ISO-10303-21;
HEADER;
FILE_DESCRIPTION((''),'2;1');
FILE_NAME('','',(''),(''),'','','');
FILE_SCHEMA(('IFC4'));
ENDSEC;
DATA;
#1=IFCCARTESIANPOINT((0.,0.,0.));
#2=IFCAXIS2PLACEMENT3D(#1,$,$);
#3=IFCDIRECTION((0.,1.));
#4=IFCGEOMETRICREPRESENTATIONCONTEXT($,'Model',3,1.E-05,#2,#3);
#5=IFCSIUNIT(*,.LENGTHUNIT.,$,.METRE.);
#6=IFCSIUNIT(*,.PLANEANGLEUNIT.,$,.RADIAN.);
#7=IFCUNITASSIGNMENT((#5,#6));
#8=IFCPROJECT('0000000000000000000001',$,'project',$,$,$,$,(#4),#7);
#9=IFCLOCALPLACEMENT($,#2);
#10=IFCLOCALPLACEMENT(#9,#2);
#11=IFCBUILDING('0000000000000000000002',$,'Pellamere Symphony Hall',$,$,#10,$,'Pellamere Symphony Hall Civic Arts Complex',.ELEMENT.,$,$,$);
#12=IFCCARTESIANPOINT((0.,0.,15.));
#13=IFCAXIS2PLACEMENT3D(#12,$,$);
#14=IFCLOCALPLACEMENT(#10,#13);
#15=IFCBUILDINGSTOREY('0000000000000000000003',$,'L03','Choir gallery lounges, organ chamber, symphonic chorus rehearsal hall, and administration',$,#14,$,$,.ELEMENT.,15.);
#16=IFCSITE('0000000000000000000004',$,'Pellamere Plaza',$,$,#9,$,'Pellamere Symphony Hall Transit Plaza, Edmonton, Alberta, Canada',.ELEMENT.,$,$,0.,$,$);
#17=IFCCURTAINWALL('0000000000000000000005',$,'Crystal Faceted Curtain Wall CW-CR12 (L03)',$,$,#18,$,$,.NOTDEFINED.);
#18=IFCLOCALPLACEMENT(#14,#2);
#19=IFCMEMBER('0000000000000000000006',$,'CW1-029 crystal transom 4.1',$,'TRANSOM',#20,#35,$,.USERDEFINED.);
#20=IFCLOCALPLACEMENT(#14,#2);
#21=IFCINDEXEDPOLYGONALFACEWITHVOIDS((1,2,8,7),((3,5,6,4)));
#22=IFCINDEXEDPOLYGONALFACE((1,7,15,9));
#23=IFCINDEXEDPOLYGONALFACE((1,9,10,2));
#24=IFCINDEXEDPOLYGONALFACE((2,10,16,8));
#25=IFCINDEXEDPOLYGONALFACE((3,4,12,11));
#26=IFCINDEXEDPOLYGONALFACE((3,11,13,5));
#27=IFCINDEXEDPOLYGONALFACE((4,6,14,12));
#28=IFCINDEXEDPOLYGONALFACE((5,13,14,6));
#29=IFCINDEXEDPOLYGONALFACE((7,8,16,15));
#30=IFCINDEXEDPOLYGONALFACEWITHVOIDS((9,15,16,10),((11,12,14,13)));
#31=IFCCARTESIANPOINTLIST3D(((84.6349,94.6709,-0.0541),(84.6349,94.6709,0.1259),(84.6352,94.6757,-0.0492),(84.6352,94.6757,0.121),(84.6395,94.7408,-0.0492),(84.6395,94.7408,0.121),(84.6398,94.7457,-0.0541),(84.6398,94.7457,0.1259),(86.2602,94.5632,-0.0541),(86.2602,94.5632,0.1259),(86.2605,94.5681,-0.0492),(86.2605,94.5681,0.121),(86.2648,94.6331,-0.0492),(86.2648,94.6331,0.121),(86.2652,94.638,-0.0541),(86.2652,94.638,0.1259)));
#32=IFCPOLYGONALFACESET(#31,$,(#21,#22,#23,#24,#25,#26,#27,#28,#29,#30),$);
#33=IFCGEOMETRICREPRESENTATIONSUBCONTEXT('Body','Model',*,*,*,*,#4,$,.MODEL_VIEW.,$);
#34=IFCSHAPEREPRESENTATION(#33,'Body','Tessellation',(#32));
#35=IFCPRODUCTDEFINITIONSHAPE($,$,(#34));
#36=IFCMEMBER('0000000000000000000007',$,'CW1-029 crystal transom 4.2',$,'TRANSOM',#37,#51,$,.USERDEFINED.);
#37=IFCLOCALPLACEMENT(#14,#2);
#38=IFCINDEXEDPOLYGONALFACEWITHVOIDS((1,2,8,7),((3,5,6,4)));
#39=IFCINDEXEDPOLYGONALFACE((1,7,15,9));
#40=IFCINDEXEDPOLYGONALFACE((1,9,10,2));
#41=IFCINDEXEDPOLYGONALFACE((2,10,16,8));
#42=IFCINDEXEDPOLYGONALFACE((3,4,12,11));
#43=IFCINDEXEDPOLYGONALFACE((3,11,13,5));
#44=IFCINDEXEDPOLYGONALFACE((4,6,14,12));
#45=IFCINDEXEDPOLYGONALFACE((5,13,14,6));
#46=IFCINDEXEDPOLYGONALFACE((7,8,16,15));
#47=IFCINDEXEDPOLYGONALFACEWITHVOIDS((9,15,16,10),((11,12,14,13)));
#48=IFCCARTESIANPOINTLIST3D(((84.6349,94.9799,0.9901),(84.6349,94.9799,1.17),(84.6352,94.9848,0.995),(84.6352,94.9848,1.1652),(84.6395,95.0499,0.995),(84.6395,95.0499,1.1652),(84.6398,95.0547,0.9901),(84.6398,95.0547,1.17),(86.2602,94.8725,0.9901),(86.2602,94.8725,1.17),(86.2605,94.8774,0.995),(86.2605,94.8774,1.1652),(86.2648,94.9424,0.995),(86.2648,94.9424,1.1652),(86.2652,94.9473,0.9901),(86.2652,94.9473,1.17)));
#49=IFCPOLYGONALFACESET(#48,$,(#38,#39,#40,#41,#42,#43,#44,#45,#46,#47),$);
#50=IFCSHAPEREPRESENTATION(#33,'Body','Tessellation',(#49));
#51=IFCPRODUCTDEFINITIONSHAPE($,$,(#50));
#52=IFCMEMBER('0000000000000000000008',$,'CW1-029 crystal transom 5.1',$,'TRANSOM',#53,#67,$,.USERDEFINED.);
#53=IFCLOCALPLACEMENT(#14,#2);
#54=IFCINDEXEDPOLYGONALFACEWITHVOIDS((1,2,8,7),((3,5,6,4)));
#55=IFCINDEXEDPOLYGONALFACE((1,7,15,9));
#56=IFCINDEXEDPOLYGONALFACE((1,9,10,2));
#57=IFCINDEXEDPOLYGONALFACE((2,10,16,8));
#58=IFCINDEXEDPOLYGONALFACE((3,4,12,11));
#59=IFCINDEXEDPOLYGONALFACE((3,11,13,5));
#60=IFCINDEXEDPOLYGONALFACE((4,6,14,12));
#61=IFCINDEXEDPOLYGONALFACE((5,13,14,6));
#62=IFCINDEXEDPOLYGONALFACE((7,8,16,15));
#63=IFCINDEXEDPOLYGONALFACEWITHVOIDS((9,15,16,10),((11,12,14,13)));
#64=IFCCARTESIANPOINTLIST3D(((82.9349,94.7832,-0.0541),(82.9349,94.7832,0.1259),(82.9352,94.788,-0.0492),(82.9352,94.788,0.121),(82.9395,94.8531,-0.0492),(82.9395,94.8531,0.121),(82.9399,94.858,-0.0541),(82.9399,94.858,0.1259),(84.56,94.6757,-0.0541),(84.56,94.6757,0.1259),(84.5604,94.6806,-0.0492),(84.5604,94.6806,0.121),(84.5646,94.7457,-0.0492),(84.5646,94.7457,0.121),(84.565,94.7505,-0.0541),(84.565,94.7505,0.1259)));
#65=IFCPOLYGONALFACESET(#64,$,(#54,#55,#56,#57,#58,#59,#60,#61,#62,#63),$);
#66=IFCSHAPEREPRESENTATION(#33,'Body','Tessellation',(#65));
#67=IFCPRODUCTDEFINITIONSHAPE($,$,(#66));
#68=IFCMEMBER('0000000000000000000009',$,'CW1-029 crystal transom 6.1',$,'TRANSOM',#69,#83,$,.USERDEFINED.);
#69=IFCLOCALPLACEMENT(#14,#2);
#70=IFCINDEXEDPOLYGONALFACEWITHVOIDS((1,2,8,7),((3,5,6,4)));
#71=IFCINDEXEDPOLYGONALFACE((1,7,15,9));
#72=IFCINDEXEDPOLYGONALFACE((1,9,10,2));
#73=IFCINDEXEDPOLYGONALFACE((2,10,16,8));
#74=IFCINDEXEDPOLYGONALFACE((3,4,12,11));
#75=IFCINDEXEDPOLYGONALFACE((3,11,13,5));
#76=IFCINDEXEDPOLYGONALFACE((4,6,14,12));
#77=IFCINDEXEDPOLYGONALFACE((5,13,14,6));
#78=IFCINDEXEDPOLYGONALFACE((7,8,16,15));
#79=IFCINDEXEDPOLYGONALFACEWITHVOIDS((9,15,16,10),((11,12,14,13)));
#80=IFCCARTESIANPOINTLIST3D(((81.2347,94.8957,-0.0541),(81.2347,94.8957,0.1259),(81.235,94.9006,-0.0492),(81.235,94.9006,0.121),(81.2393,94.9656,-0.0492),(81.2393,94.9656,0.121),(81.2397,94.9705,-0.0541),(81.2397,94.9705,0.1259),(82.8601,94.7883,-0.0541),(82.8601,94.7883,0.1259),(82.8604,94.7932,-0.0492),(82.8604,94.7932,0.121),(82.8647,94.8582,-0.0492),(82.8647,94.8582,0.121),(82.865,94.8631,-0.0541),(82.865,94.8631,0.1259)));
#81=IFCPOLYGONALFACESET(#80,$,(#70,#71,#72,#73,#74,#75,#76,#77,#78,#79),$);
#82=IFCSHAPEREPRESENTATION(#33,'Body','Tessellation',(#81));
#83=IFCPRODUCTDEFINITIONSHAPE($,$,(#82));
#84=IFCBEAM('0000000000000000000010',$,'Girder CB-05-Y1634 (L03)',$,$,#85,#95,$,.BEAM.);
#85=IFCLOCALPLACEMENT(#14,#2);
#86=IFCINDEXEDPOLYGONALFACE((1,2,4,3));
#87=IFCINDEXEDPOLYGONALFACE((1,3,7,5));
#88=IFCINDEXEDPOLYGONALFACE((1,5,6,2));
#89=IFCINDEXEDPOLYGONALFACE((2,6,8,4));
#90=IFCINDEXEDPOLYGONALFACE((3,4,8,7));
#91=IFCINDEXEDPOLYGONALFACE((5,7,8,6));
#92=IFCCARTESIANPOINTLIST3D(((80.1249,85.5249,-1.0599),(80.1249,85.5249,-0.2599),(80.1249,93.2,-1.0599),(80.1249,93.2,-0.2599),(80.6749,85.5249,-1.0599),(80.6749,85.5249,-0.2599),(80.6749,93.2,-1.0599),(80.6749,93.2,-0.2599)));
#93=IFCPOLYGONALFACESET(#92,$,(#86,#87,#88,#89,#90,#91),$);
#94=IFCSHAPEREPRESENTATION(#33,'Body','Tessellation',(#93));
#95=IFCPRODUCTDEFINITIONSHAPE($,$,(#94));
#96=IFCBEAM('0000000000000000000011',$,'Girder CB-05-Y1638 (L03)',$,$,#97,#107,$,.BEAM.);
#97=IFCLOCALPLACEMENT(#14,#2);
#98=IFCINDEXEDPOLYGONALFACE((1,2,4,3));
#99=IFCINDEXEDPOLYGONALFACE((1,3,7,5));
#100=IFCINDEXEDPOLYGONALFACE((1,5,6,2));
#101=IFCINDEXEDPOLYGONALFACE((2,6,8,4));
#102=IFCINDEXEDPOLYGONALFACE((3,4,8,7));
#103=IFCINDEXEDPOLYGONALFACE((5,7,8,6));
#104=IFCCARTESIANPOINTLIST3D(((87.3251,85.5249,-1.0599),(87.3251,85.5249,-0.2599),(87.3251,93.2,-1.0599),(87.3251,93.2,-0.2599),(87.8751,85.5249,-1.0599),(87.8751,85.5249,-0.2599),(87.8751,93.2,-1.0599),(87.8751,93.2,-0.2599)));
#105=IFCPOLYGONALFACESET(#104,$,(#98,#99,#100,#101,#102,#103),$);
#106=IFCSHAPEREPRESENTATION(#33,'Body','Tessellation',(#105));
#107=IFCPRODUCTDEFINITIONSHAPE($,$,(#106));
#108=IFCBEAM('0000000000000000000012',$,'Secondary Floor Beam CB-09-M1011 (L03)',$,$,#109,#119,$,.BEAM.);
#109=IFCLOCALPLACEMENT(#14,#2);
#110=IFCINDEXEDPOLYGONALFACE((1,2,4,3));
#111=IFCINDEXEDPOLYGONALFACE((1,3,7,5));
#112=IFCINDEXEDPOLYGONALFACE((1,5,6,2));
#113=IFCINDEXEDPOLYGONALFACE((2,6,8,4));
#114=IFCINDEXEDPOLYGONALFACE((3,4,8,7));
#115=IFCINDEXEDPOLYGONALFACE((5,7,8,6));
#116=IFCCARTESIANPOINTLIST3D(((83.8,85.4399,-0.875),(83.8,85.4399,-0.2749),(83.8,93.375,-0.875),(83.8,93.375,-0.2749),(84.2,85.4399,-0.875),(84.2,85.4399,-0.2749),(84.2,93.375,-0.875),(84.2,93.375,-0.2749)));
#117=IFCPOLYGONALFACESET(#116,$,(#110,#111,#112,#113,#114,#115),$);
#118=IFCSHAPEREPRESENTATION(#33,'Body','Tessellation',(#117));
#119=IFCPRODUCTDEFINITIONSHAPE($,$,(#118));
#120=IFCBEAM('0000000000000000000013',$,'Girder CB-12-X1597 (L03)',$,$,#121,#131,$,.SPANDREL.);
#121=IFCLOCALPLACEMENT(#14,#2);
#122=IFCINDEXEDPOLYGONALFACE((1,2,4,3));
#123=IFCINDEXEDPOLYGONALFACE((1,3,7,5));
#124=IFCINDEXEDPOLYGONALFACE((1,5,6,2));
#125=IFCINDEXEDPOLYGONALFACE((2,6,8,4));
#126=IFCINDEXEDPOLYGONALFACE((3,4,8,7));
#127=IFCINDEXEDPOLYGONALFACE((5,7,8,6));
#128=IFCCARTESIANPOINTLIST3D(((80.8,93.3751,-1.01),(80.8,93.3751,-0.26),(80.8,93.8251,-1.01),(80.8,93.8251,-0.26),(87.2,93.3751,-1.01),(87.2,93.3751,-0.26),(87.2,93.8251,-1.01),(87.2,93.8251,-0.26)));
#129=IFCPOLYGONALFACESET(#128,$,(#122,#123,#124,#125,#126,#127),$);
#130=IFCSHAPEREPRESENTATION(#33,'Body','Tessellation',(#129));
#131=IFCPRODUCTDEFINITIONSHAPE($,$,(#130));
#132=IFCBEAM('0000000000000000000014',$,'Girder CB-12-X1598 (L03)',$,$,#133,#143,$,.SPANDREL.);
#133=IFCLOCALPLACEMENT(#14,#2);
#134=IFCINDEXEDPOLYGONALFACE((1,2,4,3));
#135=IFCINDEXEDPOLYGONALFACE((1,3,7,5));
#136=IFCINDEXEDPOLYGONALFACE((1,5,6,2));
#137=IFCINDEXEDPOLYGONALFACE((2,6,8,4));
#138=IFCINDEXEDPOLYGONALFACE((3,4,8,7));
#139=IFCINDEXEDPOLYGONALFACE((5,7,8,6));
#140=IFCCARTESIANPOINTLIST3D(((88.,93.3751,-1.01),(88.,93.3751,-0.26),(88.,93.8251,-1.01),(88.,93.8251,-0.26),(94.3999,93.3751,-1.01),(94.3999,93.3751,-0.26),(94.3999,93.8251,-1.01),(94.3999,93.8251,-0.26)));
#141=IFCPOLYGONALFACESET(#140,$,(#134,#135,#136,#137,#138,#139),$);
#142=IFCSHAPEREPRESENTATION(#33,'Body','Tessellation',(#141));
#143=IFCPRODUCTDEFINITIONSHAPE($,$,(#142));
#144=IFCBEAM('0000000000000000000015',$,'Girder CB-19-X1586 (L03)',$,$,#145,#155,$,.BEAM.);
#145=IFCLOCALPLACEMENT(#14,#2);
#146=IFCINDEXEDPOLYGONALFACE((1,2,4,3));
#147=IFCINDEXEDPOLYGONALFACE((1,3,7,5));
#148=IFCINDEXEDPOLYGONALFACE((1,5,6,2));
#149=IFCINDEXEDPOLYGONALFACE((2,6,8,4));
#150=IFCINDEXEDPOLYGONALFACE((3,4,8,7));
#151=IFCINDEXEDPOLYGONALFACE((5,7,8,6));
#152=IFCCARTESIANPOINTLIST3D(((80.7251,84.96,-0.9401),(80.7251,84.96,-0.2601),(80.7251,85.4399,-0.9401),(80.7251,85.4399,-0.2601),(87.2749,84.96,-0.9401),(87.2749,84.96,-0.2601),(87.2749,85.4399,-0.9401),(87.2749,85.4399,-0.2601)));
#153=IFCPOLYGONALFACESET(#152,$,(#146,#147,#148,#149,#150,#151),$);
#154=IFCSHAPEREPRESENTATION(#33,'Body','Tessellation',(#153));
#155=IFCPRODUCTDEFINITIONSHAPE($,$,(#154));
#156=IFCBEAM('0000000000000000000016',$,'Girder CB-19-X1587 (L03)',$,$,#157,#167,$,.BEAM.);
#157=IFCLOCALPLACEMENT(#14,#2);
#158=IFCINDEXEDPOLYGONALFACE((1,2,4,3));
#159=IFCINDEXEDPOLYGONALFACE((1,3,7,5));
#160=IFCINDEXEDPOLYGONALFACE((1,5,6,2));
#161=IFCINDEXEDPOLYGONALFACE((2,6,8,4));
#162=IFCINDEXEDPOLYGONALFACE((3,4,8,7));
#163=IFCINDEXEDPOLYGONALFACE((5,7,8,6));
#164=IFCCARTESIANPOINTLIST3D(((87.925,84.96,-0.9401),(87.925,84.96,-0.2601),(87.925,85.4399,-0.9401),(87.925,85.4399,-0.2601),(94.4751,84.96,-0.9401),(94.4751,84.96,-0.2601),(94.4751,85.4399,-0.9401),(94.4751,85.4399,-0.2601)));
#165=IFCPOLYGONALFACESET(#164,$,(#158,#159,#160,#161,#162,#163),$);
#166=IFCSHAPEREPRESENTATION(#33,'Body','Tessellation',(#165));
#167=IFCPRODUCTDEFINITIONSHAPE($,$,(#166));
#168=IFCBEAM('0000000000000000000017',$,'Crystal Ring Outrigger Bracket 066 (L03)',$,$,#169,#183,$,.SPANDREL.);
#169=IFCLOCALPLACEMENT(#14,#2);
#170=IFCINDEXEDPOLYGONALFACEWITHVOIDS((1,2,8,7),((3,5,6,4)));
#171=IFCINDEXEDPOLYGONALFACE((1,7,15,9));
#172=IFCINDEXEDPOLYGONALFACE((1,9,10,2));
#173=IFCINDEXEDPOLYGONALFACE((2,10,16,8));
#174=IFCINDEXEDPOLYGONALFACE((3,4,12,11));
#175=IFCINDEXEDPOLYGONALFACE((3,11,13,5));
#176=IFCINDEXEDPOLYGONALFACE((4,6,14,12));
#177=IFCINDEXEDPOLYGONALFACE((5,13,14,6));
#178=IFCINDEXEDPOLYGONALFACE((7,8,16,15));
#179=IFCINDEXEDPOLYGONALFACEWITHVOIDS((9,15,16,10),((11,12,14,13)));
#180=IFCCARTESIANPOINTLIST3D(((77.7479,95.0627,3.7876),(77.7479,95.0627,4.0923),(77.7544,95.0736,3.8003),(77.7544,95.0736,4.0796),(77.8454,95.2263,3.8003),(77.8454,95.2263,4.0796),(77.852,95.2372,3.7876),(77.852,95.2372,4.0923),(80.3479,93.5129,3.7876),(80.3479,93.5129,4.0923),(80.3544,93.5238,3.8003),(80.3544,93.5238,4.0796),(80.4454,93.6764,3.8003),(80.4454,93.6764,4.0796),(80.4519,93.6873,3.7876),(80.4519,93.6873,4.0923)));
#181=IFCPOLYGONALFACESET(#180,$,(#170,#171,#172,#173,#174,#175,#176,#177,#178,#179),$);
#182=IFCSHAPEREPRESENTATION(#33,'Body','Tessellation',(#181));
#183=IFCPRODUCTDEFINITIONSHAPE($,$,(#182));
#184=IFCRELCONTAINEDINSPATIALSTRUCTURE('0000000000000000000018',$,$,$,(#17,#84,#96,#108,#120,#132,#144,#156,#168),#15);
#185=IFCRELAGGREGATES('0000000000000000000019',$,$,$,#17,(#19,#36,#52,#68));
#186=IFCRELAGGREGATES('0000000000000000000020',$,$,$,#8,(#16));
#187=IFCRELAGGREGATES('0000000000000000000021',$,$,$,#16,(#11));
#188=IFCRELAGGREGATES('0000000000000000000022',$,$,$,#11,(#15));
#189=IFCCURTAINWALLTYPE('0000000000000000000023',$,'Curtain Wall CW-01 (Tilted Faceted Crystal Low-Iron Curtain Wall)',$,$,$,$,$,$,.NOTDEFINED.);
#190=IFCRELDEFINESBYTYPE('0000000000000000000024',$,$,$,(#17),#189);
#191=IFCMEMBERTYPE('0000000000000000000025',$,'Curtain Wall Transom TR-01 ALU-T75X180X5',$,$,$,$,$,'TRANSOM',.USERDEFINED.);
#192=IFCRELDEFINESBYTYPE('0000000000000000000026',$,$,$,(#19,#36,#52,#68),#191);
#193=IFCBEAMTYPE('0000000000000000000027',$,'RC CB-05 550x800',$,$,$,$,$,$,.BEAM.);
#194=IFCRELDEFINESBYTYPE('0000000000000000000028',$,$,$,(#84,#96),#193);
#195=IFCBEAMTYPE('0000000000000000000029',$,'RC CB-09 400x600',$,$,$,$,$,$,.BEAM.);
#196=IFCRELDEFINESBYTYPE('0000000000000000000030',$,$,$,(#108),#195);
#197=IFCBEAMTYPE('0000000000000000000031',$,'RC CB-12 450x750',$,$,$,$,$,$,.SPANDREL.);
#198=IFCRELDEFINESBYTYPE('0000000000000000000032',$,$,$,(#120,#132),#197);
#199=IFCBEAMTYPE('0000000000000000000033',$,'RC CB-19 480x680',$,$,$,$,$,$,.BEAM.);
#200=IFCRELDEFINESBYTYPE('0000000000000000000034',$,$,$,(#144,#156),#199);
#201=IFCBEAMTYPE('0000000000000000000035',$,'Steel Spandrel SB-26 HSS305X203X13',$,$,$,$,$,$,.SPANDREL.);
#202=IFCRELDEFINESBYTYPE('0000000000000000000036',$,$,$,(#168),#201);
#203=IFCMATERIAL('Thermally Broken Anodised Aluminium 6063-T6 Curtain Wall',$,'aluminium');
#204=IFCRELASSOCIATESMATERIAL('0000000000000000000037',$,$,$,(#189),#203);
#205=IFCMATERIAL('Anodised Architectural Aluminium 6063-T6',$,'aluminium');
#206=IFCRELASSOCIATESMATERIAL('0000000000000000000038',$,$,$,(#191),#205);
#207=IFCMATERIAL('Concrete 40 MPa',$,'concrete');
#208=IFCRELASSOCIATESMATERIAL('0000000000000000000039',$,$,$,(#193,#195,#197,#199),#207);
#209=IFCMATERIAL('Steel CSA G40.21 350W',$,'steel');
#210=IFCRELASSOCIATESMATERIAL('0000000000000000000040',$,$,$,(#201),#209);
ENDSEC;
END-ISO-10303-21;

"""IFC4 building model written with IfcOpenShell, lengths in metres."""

from ifc_helpers import new_model, si_unit, direction, frame, origin, origin_2d, place, context, subcontext, project, spatial, rectangle, hollow_rectangle, extrude, material, material_profile, profile_set, type_object, element, aggregate, save


model = new_model("IFC4")

# Units and contexts
model_context = context("Model", 3, precision=1e-05, world=origin(), true_north=direction((0.0, 1.0)))
body_context = subcontext(model_context, "Body", "Model", "MODEL_VIEW")
ifc_project = project(units=[si_unit("LENGTHUNIT", "METRE"), si_unit("PLANEANGLEUNIT", "RADIAN")], contexts=[model_context])

# Site, building, storey
site_placement = place(None, origin())
site = spatial("IfcSite", under=ifc_project, at=site_placement, Name="Pellamere Plaza", LongName="Pellamere Symphony Hall Transit Plaza, Edmonton, Alberta, Canada", CompositionType="ELEMENT", RefElevation=0.0)
building_placement = place(site_placement, origin())
building = spatial("IfcBuilding", under=site, at=building_placement, Name="Pellamere Symphony Hall", LongName="Pellamere Symphony Hall Civic Arts Complex", CompositionType="ELEMENT")
storey_placement = place(building_placement, frame((0.0, 0.0, 15.0)))
storey = spatial("IfcBuildingStorey", under=building, at=storey_placement, Name="L03", Description="Choir gallery lounges, organ chamber, symphonic chorus rehearsal hall, and administration", CompositionType="ELEMENT", Elevation=15.0)

# Shared definitions
ifc_material_1 = material(Name="Concrete 40 MPa", Category="concrete")

# Curtain wall, members
ifc_material_2 = material(Name="Thermally Broken Anodised Aluminium 6063-T6 Curtain Wall", Category="aluminium")
curtain_wall_type = type_object("IfcCurtainWallType", Name="Curtain Wall CW-01 (Tilted Faceted Crystal Low-Iron Curtain Wall)", PredefinedType="NOTDEFINED", material=ifc_material_2)
curtain_wall_placement = place(storey_placement, origin())
curtain_wall = element("IfcCurtainWall", 1, at=curtain_wall_placement, inside=storey, type_object=curtain_wall_type, Name="Crystal Faceted Curtain Wall CW-CR12 (L03)", PredefinedType="NOTDEFINED")
ifc_material_3 = material(Name="Anodised Architectural Aluminium 6063-T6", Category="aluminium")
ifc_material_profile_1 = material_profile(ifc_material_3, hollow_rectangle(XDim=0.075, YDim=0.1799, WallThickness=0.0049, at=origin_2d()), Name="ALU-T75X180X5")
ifc_profile_set_1 = profile_set([ifc_material_profile_1], Name="Anodised Architectural Aluminium 6063-T6")
member_type_1 = type_object("IfcMemberType", Name="Curtain Wall Transom TR-01 ALU-T75X180X5", ElementType="TRANSOM", PredefinedType="USERDEFINED", material=ifc_profile_set_1)
member_1_placement = place(storey_placement, frame((86.2627, 94.6006, 0.0359), z_axis=(-0.997813, 0.066101, 0.0), x_axis=(-0.066101, -0.997813, 0.0)))
member_1 = element("IfcMember", 2, at=member_1_placement, type_object=member_type_1, Name="CW1-029 crystal transom 4.1", ObjectType="TRANSOM", PredefinedType="USERDEFINED", context=body_context, shape_type="SweptSolid", body=[
    extrude(hollow_rectangle(XDim=0.075, YDim=0.1799, WallThickness=0.0049, at=origin_2d()), origin(), (0.0, 0.0, 1.0), 1.6289),
])
member_2_placement = place(storey_placement, frame((86.2627, 94.9099, 1.0801), z_axis=(-0.997823, 0.065952, 0.0), x_axis=(-0.065952, -0.997823, 0.0)))
member_2 = element("IfcMember", 3, at=member_2_placement, type_object=member_type_1, Name="CW1-029 crystal transom 4.2", ObjectType="TRANSOM", PredefinedType="USERDEFINED", context=body_context, shape_type="SweptSolid", body=[
    extrude(hollow_rectangle(XDim=0.075, YDim=0.1799, WallThickness=0.0049, at=origin_2d()), origin(), (0.0, 0.0, 1.0), 1.6289),
])
member_3_placement = place(storey_placement, frame((84.5625, 94.7131, 0.0359), z_axis=(-0.997822, 0.065962, 0.0), x_axis=(-0.065962, -0.997822, 0.0)))
member_3 = element("IfcMember", 4, at=member_3_placement, type_object=member_type_1, Name="CW1-029 crystal transom 5.1", ObjectType="TRANSOM", PredefinedType="USERDEFINED", context=body_context, shape_type="SweptSolid", body=[
    extrude(hollow_rectangle(XDim=0.075, YDim=0.1799, WallThickness=0.0049, at=origin_2d()), origin(), (0.0, 0.0, 1.0), 1.6287),
])
member_4_placement = place(storey_placement, frame((82.8625, 94.8257, 0.0359), z_axis=(-0.997823, 0.065952, 0.0), x_axis=(-0.065952, -0.997823, 0.0)))
member_4 = element("IfcMember", 5, at=member_4_placement, type_object=member_type_1, Name="CW1-029 crystal transom 6.1", ObjectType="TRANSOM", PredefinedType="USERDEFINED", context=body_context, shape_type="SweptSolid", body=[
    extrude(hollow_rectangle(XDim=0.075, YDim=0.1799, WallThickness=0.0049, at=origin_2d()), origin(), (0.0, 0.0, 1.0), 1.6289),
])

# Beams
ifc_material_profile_2 = material_profile(ifc_material_1, rectangle(XDim=0.55, YDim=0.8, at=origin_2d()), Name="RC 550x800")
ifc_profile_set_2 = profile_set([ifc_material_profile_2], Name="Concrete 40 MPa")
beam_type_1 = type_object("IfcBeamType", Name="RC CB-05 550x800", PredefinedType="BEAM", material=ifc_profile_set_2)
for number, where, z_axis, x_axis, name in (
    (6, (80.3999, 85.5249, -0.6599), (0.0, 1.0, 0.0), (-1.0, 0.0, 0.0), "Girder CB-05-Y1634 (L03)"),
    (7, (87.6001, 85.5249, -0.6599), (0.0, 1.0, 0.0), (-1.0, 0.0, 0.0), "Girder CB-05-Y1638 (L03)"),
):
    element("IfcBeam", number, at=place(storey_placement, frame(where, z_axis=z_axis, x_axis=x_axis)), inside=storey, type_object=beam_type_1, Name=name, PredefinedType="BEAM", context=body_context, shape_type="SweptSolid", body=[
        extrude(rectangle(XDim=0.55, YDim=0.8, at=origin_2d()), origin(), (0.0, 0.0, 1.0), 7.675),
    ])
ifc_material_profile_3 = material_profile(ifc_material_1, rectangle(XDim=0.3999, YDim=0.6001, at=origin_2d()), Name="RC 400x600")
ifc_profile_set_3 = profile_set([ifc_material_profile_3], Name="Concrete 40 MPa")
beam_type_2 = type_object("IfcBeamType", Name="RC CB-09 400x600", PredefinedType="BEAM", material=ifc_profile_set_3)
beam_1_placement = place(storey_placement, frame((84.0, 85.4399, -0.575), z_axis=(0.0, 1.0, 0.0), x_axis=(-1.0, 0.0, 0.0)))
element("IfcBeam", 8, at=beam_1_placement, inside=storey, type_object=beam_type_2, Name="Secondary Floor Beam CB-09-M1011 (L03)", PredefinedType="BEAM", context=body_context, shape_type="SweptSolid", body=[
    extrude(rectangle(XDim=0.3999, YDim=0.6001, at=origin_2d()), origin(), (0.0, 0.0, 1.0), 7.9351),
])
ifc_material_profile_4 = material_profile(ifc_material_1, rectangle(XDim=0.45, YDim=0.75, at=origin_2d()), Name="RC 450x750")
ifc_profile_set_4 = profile_set([ifc_material_profile_4], Name="Concrete 40 MPa")
beam_type_3 = type_object("IfcBeamType", Name="RC CB-12 450x750", PredefinedType="SPANDREL", material=ifc_profile_set_4)
for number, where, z_axis, x_axis, name in (
    (9, (80.8, 93.6001, -0.635), (1.0, 0.0, 0.0), (0.0, 1.0, 0.0), "Girder CB-12-X1597 (L03)"),
    (10, (88.0, 93.6001, -0.635), (1.0, 0.0, 0.0), (0.0, 1.0, 0.0), "Girder CB-12-X1598 (L03)"),
):
    element("IfcBeam", number, at=place(storey_placement, frame(where, z_axis=z_axis, x_axis=x_axis)), inside=storey, type_object=beam_type_3, Name=name, PredefinedType="SPANDREL", context=body_context, shape_type="SweptSolid", body=[
        extrude(rectangle(XDim=0.45, YDim=0.75, at=origin_2d()), origin(), (0.0, 0.0, 1.0), 6.3999),
    ])
ifc_material_profile_5 = material_profile(ifc_material_1, rectangle(XDim=0.48, YDim=0.6799, at=origin_2d()), Name="RC 480x680")
ifc_profile_set_5 = profile_set([ifc_material_profile_5], Name="Concrete 40 MPa")
beam_type_4 = type_object("IfcBeamType", Name="RC CB-19 480x680", PredefinedType="BEAM", material=ifc_profile_set_5)
beam_2_placement = place(storey_placement, frame((80.7251, 85.2, -0.6001), z_axis=(1.0, 0.0, 0.0), x_axis=(0.0, 1.0, 0.0)))
element("IfcBeam", 11, at=beam_2_placement, inside=storey, type_object=beam_type_4, Name="Girder CB-19-X1586 (L03)", PredefinedType="BEAM", context=body_context, shape_type="SweptSolid", body=[
    extrude(rectangle(XDim=0.48, YDim=0.6799, at=origin_2d()), origin(), (0.0, 0.0, 1.0), 6.5498),
])
beam_3_placement = place(storey_placement, frame((87.925, 85.2, -0.6001), z_axis=(1.0, 0.0, 0.0), x_axis=(0.0, 1.0, 0.0)))
element("IfcBeam", 12, at=beam_3_placement, inside=storey, type_object=beam_type_4, Name="Girder CB-19-X1587 (L03)", PredefinedType="BEAM", context=body_context, shape_type="SweptSolid", body=[
    extrude(rectangle(XDim=0.48, YDim=0.6799, at=origin_2d()), origin(), (0.0, 0.0, 1.0), 6.55),
])
ifc_material_4 = material(Name="Steel CSA G40.21 350W", Category="steel")
ifc_material_profile_6 = material_profile(ifc_material_4, hollow_rectangle(XDim=0.2031, YDim=0.3047, WallThickness=0.0127, at=origin_2d()), Name="HSS305X203X13")
ifc_profile_set_6 = profile_set([ifc_material_profile_6], Name="Steel CSA G40.21 350W")
beam_type_5 = type_object("IfcBeamType", Name="Steel Spandrel SB-26 HSS305X203X13", PredefinedType="SPANDREL", material=ifc_profile_set_6)
beam_4_placement = place(storey_placement, frame((80.3999, 93.6001, 3.9399), z_axis=(-0.858963, 0.512038, 0.0), x_axis=(-0.512038, -0.858963, 0.0)))
element("IfcBeam", 13, at=beam_4_placement, inside=storey, type_object=beam_type_5, Name="Crystal Ring Outrigger Bracket 066 (L03)", PredefinedType="SPANDREL", context=body_context, shape_type="SweptSolid", body=[
    extrude(hollow_rectangle(XDim=0.2031, YDim=0.3047, WallThickness=0.0127, at=origin_2d()), origin(), (0.0, 0.0, 1.0), 3.0269),
])

aggregate(curtain_wall, [member_1, member_2, member_3, member_4])

save(model, "model.ifc")
